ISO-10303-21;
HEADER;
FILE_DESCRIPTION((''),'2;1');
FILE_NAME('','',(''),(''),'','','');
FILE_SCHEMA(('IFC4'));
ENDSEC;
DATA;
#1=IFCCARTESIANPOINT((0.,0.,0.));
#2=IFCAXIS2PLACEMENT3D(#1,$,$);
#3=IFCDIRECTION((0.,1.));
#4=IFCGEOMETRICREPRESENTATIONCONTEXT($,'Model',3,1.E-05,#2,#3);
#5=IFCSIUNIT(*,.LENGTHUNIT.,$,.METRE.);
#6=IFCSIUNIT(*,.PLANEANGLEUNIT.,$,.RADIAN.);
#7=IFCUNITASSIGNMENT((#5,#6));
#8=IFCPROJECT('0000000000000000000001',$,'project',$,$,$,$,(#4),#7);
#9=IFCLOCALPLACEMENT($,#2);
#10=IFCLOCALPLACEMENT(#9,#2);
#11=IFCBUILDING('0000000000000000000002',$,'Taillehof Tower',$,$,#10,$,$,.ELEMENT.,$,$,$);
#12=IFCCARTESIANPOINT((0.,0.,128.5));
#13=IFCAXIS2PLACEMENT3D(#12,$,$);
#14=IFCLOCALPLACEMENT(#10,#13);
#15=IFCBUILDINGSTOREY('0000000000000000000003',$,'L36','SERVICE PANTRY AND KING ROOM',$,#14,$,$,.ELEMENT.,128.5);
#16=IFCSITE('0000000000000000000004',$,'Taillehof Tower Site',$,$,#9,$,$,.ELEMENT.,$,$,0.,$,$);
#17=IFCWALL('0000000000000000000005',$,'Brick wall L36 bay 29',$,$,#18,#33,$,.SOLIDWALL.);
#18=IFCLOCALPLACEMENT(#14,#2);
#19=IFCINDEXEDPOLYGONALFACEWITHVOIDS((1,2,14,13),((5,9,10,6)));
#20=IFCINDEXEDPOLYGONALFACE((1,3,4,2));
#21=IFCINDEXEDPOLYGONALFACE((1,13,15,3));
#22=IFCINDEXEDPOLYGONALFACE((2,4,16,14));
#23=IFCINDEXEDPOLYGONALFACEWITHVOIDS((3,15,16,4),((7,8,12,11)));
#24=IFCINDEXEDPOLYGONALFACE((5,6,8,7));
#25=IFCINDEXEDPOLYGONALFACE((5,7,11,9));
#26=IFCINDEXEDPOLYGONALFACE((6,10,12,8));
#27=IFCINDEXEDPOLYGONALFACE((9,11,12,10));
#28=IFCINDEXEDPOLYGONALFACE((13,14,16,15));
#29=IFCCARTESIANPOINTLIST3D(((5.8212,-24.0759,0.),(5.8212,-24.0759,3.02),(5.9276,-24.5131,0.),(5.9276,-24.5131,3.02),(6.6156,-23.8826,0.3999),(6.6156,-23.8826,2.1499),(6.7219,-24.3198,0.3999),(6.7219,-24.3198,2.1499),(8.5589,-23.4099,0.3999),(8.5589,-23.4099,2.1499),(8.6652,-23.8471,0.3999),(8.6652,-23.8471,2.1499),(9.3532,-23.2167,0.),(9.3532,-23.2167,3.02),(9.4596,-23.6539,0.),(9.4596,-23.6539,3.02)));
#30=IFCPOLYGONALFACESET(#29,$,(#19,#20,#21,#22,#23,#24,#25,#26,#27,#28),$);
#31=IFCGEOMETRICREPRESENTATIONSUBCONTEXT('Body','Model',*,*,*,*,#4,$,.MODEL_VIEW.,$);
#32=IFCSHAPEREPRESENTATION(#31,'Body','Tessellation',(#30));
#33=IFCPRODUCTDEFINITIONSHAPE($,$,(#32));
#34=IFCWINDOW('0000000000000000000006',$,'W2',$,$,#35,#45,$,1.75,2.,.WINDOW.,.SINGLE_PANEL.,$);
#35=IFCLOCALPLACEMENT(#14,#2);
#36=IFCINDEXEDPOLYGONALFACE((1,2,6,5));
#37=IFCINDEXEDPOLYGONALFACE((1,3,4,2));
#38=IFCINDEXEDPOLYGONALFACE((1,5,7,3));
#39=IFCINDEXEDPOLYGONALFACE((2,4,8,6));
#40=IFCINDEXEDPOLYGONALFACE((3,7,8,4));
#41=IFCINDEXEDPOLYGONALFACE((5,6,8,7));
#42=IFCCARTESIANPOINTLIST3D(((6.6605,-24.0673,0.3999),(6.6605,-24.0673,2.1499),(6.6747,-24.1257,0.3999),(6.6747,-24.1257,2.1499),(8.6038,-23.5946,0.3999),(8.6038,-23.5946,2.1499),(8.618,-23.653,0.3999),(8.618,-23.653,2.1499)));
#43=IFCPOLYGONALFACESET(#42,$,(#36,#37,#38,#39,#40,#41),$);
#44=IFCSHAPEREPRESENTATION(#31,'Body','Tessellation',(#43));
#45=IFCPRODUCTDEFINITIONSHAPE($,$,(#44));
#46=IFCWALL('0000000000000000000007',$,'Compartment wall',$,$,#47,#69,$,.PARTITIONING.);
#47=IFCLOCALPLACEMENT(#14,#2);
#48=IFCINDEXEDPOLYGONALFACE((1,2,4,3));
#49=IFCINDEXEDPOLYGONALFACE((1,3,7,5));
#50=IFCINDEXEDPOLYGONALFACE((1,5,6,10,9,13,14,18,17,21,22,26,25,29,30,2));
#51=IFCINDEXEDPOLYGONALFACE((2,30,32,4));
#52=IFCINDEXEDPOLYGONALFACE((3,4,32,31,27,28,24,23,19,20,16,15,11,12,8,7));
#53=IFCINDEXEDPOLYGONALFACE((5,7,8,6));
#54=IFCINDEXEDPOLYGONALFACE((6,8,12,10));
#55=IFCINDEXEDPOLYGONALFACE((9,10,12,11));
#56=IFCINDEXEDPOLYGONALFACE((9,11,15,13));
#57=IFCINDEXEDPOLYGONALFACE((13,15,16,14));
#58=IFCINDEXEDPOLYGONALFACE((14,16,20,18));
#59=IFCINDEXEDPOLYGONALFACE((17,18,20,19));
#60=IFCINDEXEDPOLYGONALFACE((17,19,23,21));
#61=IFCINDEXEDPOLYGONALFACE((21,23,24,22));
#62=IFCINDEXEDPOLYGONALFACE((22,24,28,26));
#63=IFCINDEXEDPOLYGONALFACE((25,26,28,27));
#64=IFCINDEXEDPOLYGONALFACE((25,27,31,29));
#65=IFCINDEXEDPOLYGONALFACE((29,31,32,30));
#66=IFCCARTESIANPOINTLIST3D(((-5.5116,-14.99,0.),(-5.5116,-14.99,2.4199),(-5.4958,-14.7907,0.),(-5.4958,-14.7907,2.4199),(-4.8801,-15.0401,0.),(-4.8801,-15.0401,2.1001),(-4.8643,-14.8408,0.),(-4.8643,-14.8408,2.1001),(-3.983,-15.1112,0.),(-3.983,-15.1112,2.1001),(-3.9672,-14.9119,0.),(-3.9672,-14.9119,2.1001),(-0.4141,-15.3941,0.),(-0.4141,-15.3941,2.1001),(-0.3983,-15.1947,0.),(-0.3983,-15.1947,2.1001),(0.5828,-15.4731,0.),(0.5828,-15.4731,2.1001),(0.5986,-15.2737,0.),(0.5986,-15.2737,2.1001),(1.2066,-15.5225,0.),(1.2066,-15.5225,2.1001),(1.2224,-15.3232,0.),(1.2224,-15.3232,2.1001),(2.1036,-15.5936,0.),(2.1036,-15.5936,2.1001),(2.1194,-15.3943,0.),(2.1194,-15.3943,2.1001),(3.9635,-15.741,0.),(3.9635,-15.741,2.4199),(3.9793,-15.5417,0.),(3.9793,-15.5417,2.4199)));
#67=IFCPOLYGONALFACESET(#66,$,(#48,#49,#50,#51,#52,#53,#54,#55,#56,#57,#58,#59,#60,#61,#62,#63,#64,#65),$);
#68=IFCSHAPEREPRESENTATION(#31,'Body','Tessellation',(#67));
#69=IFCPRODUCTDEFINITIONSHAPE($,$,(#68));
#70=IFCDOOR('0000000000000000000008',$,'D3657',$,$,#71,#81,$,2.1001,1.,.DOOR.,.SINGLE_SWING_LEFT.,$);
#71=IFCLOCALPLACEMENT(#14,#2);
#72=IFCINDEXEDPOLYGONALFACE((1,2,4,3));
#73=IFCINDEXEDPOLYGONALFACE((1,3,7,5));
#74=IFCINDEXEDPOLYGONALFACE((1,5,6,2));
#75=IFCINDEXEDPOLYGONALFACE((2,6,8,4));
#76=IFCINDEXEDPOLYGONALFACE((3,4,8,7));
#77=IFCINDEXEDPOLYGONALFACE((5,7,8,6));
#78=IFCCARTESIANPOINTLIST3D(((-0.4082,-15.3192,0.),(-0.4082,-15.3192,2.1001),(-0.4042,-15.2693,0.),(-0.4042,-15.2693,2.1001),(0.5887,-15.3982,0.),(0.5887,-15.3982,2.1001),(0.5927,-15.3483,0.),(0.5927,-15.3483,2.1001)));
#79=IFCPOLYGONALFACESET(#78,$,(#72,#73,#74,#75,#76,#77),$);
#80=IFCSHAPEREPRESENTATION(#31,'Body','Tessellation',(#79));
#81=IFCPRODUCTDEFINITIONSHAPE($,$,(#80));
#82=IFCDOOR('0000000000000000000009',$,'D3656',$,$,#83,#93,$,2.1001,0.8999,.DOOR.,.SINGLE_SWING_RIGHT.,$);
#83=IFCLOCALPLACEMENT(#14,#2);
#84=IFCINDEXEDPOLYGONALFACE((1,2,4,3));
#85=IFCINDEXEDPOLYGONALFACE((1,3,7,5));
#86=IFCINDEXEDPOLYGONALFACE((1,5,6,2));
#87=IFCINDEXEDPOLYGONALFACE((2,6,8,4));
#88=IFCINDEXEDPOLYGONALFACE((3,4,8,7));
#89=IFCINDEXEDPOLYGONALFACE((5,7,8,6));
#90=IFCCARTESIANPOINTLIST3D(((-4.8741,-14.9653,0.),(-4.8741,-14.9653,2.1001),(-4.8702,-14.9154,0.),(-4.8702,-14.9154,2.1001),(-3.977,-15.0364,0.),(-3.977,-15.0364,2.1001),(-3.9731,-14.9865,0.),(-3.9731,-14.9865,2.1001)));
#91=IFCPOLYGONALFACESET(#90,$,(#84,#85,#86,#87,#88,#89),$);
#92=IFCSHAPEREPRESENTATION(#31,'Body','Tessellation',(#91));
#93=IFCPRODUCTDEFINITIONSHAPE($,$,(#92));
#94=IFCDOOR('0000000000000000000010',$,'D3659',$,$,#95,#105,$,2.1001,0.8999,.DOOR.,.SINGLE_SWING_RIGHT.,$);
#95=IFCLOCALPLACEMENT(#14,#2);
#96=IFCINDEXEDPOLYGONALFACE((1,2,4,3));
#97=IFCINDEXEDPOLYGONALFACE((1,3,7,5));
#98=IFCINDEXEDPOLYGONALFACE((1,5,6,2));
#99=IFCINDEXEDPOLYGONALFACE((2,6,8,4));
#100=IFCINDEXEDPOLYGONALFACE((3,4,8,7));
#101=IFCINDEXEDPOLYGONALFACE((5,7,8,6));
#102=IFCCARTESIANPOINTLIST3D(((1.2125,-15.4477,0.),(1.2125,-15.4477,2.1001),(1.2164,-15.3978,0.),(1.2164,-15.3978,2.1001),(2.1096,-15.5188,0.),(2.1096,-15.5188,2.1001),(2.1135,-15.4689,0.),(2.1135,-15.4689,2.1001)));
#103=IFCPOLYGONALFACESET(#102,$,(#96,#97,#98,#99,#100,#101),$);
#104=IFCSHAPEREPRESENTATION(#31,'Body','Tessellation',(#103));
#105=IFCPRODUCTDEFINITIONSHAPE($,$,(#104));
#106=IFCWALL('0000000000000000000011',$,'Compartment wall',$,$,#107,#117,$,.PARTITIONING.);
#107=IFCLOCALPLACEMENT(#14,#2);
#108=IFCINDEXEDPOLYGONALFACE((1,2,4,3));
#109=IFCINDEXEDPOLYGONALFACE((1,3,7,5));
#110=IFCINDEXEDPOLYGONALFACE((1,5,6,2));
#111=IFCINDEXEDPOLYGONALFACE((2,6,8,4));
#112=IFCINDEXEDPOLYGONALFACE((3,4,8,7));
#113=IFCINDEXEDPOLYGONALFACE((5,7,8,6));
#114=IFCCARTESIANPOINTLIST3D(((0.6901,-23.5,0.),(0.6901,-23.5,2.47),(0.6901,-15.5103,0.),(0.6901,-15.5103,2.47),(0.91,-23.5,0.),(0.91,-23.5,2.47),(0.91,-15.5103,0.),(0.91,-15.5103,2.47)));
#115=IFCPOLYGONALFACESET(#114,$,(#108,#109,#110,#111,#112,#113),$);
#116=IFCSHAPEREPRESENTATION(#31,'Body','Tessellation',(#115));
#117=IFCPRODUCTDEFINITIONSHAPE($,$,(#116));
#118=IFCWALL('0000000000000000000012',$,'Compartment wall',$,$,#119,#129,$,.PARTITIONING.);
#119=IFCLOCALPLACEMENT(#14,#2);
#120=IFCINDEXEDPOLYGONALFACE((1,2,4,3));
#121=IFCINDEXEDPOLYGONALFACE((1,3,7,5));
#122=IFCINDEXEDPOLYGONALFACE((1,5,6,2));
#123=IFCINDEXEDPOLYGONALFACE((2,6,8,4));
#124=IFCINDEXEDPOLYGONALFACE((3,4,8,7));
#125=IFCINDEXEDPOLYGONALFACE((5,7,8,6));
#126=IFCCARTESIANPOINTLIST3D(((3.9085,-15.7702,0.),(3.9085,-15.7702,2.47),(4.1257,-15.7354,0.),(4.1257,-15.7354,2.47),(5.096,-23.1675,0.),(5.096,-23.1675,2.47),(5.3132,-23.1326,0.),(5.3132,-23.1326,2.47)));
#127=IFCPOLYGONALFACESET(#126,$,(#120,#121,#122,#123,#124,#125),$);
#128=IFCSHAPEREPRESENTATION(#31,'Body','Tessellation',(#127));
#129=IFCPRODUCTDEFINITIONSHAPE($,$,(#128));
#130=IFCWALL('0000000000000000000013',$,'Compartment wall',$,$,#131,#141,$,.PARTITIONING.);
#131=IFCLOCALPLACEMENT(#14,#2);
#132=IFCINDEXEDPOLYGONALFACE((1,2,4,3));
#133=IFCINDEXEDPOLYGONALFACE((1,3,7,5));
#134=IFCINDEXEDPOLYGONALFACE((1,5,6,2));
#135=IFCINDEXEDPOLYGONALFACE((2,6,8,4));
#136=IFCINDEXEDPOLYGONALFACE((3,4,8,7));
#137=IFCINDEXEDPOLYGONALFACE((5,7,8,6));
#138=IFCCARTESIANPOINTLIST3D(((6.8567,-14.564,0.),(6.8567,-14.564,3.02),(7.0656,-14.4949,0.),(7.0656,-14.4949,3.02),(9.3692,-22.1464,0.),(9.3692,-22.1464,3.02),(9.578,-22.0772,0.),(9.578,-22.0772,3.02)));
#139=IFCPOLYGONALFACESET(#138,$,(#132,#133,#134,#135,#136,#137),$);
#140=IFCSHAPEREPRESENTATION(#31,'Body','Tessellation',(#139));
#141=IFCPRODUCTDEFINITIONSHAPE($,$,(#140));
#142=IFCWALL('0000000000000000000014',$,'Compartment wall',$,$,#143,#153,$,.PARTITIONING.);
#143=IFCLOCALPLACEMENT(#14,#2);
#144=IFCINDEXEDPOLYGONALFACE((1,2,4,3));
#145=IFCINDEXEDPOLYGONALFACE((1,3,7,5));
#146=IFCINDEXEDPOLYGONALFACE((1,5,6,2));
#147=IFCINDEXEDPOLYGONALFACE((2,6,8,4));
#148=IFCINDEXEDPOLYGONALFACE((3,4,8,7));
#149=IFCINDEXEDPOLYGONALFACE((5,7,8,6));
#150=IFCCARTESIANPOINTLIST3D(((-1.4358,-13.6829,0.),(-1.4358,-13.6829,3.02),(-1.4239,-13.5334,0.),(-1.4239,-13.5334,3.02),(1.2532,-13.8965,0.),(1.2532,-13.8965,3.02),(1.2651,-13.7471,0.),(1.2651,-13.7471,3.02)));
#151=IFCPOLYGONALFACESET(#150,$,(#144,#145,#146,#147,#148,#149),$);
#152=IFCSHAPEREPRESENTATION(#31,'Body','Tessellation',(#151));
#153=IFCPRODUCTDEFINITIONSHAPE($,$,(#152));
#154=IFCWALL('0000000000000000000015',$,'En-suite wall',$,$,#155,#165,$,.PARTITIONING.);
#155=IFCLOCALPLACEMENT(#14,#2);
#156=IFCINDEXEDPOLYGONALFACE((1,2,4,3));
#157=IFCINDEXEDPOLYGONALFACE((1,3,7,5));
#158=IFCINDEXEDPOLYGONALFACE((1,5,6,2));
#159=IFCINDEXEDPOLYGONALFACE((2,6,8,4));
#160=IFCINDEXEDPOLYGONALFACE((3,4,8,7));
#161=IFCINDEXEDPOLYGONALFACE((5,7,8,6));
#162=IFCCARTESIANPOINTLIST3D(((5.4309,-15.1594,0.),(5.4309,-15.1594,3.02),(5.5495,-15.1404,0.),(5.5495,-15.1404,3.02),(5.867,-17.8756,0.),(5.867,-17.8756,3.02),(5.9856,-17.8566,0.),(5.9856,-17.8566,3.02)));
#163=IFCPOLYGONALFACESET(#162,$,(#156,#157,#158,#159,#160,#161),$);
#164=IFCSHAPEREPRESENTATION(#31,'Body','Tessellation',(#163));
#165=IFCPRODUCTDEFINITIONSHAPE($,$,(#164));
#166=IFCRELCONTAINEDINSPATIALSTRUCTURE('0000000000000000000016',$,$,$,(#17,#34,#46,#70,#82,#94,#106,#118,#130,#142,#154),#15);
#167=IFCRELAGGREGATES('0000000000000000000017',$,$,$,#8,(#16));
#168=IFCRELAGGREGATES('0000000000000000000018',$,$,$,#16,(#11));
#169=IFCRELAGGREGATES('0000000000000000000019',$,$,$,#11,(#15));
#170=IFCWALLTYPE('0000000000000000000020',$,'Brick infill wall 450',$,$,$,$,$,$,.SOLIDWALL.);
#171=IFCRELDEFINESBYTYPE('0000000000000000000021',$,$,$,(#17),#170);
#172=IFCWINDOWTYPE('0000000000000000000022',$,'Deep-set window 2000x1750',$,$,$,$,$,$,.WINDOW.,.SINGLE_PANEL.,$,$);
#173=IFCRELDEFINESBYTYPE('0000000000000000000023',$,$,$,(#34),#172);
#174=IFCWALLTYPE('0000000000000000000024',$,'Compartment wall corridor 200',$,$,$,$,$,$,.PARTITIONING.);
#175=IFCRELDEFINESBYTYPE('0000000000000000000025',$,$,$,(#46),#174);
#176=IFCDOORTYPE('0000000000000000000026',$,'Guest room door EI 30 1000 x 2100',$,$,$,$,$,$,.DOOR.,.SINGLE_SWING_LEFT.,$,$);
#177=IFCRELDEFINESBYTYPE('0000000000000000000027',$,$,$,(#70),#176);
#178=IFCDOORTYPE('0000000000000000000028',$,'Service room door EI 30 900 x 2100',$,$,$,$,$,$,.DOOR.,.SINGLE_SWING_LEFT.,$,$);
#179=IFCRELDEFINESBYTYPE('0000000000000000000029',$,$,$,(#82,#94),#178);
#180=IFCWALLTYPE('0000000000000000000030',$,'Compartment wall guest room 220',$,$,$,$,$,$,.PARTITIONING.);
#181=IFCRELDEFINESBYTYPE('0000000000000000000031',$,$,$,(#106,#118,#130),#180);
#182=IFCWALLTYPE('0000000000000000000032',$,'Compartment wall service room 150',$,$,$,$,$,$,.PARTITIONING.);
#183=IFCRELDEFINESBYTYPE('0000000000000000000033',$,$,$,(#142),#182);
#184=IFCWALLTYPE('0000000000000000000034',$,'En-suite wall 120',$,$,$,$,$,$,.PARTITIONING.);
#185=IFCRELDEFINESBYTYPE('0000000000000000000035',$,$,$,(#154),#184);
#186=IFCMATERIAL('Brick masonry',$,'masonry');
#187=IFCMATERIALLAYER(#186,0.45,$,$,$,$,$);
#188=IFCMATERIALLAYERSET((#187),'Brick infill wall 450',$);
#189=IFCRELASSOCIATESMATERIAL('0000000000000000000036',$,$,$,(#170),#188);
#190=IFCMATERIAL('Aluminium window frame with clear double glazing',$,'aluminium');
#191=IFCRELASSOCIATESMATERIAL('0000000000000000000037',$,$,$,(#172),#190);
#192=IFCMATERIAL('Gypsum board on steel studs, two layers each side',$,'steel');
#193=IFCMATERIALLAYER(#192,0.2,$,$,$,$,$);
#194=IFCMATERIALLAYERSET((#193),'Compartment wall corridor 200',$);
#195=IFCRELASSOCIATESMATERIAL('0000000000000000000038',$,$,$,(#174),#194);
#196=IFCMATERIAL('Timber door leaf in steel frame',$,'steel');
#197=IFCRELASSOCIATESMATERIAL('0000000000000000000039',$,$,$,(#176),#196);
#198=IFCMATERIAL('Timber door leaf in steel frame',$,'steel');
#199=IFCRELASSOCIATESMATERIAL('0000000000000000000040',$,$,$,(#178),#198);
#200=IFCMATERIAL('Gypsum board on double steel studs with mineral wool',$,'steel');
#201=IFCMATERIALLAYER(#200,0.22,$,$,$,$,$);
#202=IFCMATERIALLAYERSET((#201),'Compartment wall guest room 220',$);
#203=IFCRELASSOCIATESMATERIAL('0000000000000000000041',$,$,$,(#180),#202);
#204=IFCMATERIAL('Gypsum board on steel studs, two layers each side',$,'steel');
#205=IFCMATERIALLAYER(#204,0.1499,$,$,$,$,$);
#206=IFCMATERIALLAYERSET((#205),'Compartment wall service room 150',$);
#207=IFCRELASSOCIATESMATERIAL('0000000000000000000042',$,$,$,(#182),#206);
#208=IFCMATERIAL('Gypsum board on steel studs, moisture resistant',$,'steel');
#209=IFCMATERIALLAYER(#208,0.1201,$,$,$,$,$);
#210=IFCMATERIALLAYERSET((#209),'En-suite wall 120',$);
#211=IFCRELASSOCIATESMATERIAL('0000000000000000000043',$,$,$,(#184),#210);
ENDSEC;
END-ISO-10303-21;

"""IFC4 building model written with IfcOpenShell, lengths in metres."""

from ifc_helpers import new_model, si_unit, direction, frame, frame_2d, origin, place, context, subcontext, project, spatial, rectangle, extrude, material, layer, layer_set, type_object, element, fill, save


model = new_model("IFC4")

# Units and contexts
model_context = context("Model", 3, precision=1e-05, world=origin(), true_north=direction((0.0, 1.0)))
body_context = subcontext(model_context, "Body", "Model", "MODEL_VIEW")
ifc_project = project(units=[si_unit("LENGTHUNIT", "METRE"), si_unit("PLANEANGLEUNIT", "RADIAN")], contexts=[model_context])

# Site, building, storey
site_placement = place(None, origin())
site = spatial("IfcSite", under=ifc_project, at=site_placement, Name="Taillehof Tower Site", CompositionType="ELEMENT", RefElevation=0.0)
building_placement = place(site_placement, origin())
building = spatial("IfcBuilding", under=site, at=building_placement, Name="Taillehof Tower", CompositionType="ELEMENT")
storey_placement = place(building_placement, frame((0.0, 0.0, 128.5)))
storey = spatial("IfcBuildingStorey", under=building, at=storey_placement, Name="L36", Description="SERVICE PANTRY AND KING ROOM", CompositionType="ELEMENT", Elevation=128.5)

# Wall, opening, window
ifc_material_1 = material(Name="Brick masonry", Category="masonry")
ifc_layer_1 = layer(ifc_material_1, 0.45)
ifc_layer_set_1 = layer_set([ifc_layer_1], Name="Brick infill wall 450")
wall_type_1 = type_object("IfcWallType", Name="Brick infill wall 450", PredefinedType="SOLIDWALL", material=ifc_layer_set_1)
ifc_material_2 = material(Name="Aluminium window frame with clear double glazing", Category="aluminium")
window_type = type_object("IfcWindowType", Name="Deep-set window 2000x1750", PartitioningType="SINGLE_PANEL", PredefinedType="WINDOW", material=ifc_material_2)
wall_1_placement = place(storey_placement, frame((5.8745, -24.2944, 0.0), z_axis=(0.0, 0.0, 1.0), x_axis=(0.971668, 0.236352, 0.0)))
wall_1 = element("IfcWall", 1, at=wall_1_placement, inside=storey, type_object=wall_type_1, Name="Brick wall L36 bay 29", PredefinedType="SOLIDWALL", context=body_context, shape_type="SweptSolid", body=[
    extrude(rectangle(XDim=3.635, YDim=0.45, at=frame_2d((1.8174, 0.0))), origin(), (0.0, 0.0, 1.0), 3.02),
])
opening_1_placement = place(wall_1_placement, frame((0.8174, 0.0, 0.3999)))
opening_1 = element("IfcOpeningElement", 2, at=opening_1_placement, cuts=wall_1, PredefinedType="OPENING", context=body_context, shape_type="SweptSolid", body=[
    extrude(rectangle(XDim=2.0, YDim=1.75, at=frame_2d((1.0, 0.875))), frame((0.0, 0.2349, 0.0), z_axis=(0.0, -1.0, 0.0), x_axis=(1.0, 0.0, 0.0)), (0.0, 0.0, 1.0), 0.47),
])
window_1_placement = place(opening_1_placement, origin())
window_1 = element("IfcWindow", 3, at=window_1_placement, inside=storey, type_object=window_type, Name="W2", OverallHeight=1.75, OverallWidth=2.0, PartitioningType="SINGLE_PANEL", PredefinedType="WINDOW", context=body_context, shape_type="SweptSolid", body=[
    extrude(rectangle(XDim=2.0, YDim=1.75, at=frame_2d((1.0, 0.875))), frame((0.0, 0.0349, 0.0), z_axis=(0.0, -1.0, 0.0), x_axis=(1.0, 0.0, 0.0)), (0.0, 0.0, 1.0), 0.0601),
])
fill(opening_1, window_1)

# Wall, openings, doors
ifc_material_3 = material(Name="Gypsum board on steel studs, two layers each side", Category="steel")
ifc_layer_2 = layer(ifc_material_3, 0.2)
ifc_layer_set_2 = layer_set([ifc_layer_2], Name="Compartment wall corridor 200")
wall_type_2 = type_object("IfcWallType", Name="Compartment wall corridor 200", PredefinedType="PARTITIONING", material=ifc_layer_set_2)
wall_2_placement = place(storey_placement, frame((3.9714, -15.6414, 0.0), z_axis=(0.0, 0.0, 1.0), x_axis=(-0.996874, 0.07901, 0.0)))
wall_2 = element("IfcWall", 4, at=wall_2_placement, inside=storey, type_object=wall_type_2, Name="Compartment wall", PredefinedType="PARTITIONING", context=body_context, shape_type="SweptSolid", body=[
    extrude(rectangle(XDim=9.5049, YDim=0.2, at=frame_2d((4.7524, 0.0))), origin(), (0.0, 0.0, 1.0), 2.4199),
])
opening_2_placement = place(wall_2_placement, frame((7.9714, 0.0, 0.0)))
opening_2 = element("IfcOpeningElement", 5, at=opening_2_placement, cuts=wall_2, PredefinedType="OPENING", context=body_context, shape_type="SweptSolid", body=[
    extrude(rectangle(XDim=0.8999, YDim=2.1001, at=frame_2d((0.45, 1.05))), frame((0.0, 0.1099, 0.0), z_axis=(0.0, -1.0, 0.0), x_axis=(1.0, 0.0, 0.0)), (0.0, 0.0, 1.0), 0.22),
])
opening_3_placement = place(wall_2_placement, frame((3.3914, 0.0, 0.0)))
opening_3 = element("IfcOpeningElement", 6, at=opening_3_placement, cuts=wall_2, PredefinedType="OPENING", context=body_context, shape_type="SweptSolid", body=[
    extrude(rectangle(XDim=1.0, YDim=2.1001, at=frame_2d((0.5, 1.05))), frame((0.0, 0.1099, 0.0), z_axis=(0.0, -1.0, 0.0), x_axis=(1.0, 0.0, 0.0)), (0.0, 0.0, 1.0), 0.22),
])
opening_4_placement = place(wall_2_placement, frame((1.8657, 0.0, 0.0)))
opening_4 = element("IfcOpeningElement", 7, at=opening_4_placement, cuts=wall_2, PredefinedType="OPENING", context=body_context, shape_type="SweptSolid", body=[
    extrude(rectangle(XDim=0.8999, YDim=2.1001, at=frame_2d((0.45, 1.05))), frame((0.0, 0.1099, 0.0), z_axis=(0.0, -1.0, 0.0), x_axis=(1.0, 0.0, 0.0)), (0.0, 0.0, 1.0), 0.22),
])
ifc_material_4 = material(Name="Timber door leaf in steel frame", Category="steel")
door_type_1 = type_object("IfcDoorType", Name="Guest room door EI 30 1000 x 2100", OperationType="SINGLE_SWING_LEFT", PredefinedType="DOOR", material=ifc_material_4)
door_1_placement = place(opening_3_placement, origin())
door_1 = element("IfcDoor", 8, at=door_1_placement, inside=storey, type_object=door_type_1, Name="D3657", OperationType="SINGLE_SWING_LEFT", OverallHeight=2.1001, OverallWidth=1.0, PredefinedType="DOOR", context=body_context, shape_type="SweptSolid", body=[
    extrude(rectangle(XDim=1.0, YDim=2.1001, at=frame_2d((0.5, 1.05))), frame((0.0, 0.0249, 0.0), z_axis=(0.0, -1.0, 0.0), x_axis=(1.0, 0.0, 0.0)), (0.0, 0.0, 1.0), 0.05),
])
fill(opening_3, door_1)
ifc_material_5 = material(Name="Timber door leaf in steel frame", Category="steel")
door_type_2 = type_object("IfcDoorType", Name="Service room door EI 30 900 x 2100", OperationType="SINGLE_SWING_LEFT", PredefinedType="DOOR", material=ifc_material_5)
door_2_placement = place(opening_2_placement, origin())
door_2 = element("IfcDoor", 9, at=door_2_placement, inside=storey, type_object=door_type_2, Name="D3656", OperationType="SINGLE_SWING_RIGHT", OverallHeight=2.1001, OverallWidth=0.8999, PredefinedType="DOOR", context=body_context, shape_type="SweptSolid", body=[
    extrude(rectangle(XDim=0.8999, YDim=2.1001, at=frame_2d((0.45, 1.05))), frame((0.0, 0.0249, 0.0), z_axis=(0.0, -1.0, 0.0), x_axis=(1.0, 0.0, 0.0)), (0.0, 0.0, 1.0), 0.05),
])
fill(opening_2, door_2)
door_3_placement = place(opening_4_placement, origin())
door_3 = element("IfcDoor", 10, at=door_3_placement, inside=storey, type_object=door_type_2, Name="D3659", OperationType="SINGLE_SWING_RIGHT", OverallHeight=2.1001, OverallWidth=0.8999, PredefinedType="DOOR", context=body_context, shape_type="SweptSolid", body=[
    extrude(rectangle(XDim=0.8999, YDim=2.1001, at=frame_2d((0.45, 1.05))), frame((0.0, 0.0249, 0.0), z_axis=(0.0, -1.0, 0.0), x_axis=(1.0, 0.0, 0.0)), (0.0, 0.0, 1.0), 0.05),
])
fill(opening_4, door_3)

# Walls
ifc_material_6 = material(Name="Gypsum board on double steel studs with mineral wool", Category="steel")
ifc_layer_3 = layer(ifc_material_6, 0.22)
ifc_layer_set_3 = layer_set([ifc_layer_3], Name="Compartment wall guest room 220")
wall_type_3 = type_object("IfcWallType", Name="Compartment wall guest room 220", PredefinedType="PARTITIONING", material=ifc_layer_set_3)
wall_3_placement = place(storey_placement, frame((0.8, -23.5, 0.0), z_axis=(0.0, 0.0, 1.0), x_axis=(0.0, 1.0, 0.0)))
element("IfcWall", 11, at=wall_3_placement, inside=storey, type_object=wall_type_3, Name="Compartment wall", PredefinedType="PARTITIONING", context=body_context, shape_type="SweptSolid", body=[
    extrude(rectangle(XDim=7.9897, YDim=0.22, at=frame_2d((3.9949, 0.0))), origin(), (0.0, 0.0, 1.0), 2.47),
])
wall_4_placement = place(storey_placement, frame((5.2046, -23.1501, 0.0), z_axis=(0.0, 0.0, 1.0), x_axis=(-0.158504, 0.987358, 0.0)))
element("IfcWall", 12, at=wall_4_placement, inside=storey, type_object=wall_type_3, Name="Compartment wall", PredefinedType="PARTITIONING", context=body_context, shape_type="SweptSolid", body=[
    extrude(rectangle(XDim=7.4919, YDim=0.22, at=frame_2d((3.7461, 0.0))), origin(), (0.0, 0.0, 1.0), 2.47),
])
wall_5_placement = place(storey_placement, frame((9.4736, -22.1118, 0.0), z_axis=(0.0, 0.0, 1.0), x_axis=(-0.31454, 0.949244, 0.0)))
element("IfcWall", 13, at=wall_5_placement, inside=storey, type_object=wall_type_3, Name="Compartment wall", PredefinedType="PARTITIONING", context=body_context, shape_type="SweptSolid", body=[
    extrude(rectangle(XDim=7.9878, YDim=0.22, at=frame_2d((3.9939, 0.0))), origin(), (0.0, 0.0, 1.0), 3.02),
])
ifc_material_7 = material(Name="Gypsum board on steel studs, two layers each side", Category="steel")
ifc_layer_4 = layer(ifc_material_7, 0.1499)
ifc_layer_set_4 = layer_set([ifc_layer_4], Name="Compartment wall service room 150")
wall_type_4 = type_object("IfcWallType", Name="Compartment wall service room 150", PredefinedType="PARTITIONING", material=ifc_layer_set_4)
wall_6_placement = place(storey_placement, frame((1.259, -13.8218, 0.0), z_axis=(0.0, 0.0, 1.0), x_axis=(-0.996859, 0.079195, 0.0)))
element("IfcWall", 14, at=wall_6_placement, inside=storey, type_object=wall_type_4, Name="Compartment wall", PredefinedType="PARTITIONING", context=body_context, shape_type="SweptSolid", body=[
    extrude(rectangle(XDim=2.6975, YDim=0.1499, at=frame_2d((1.3486, 0.0))), origin(), (0.0, 0.0, 1.0), 3.02),
])
ifc_material_8 = material(Name="Gypsum board on steel studs, moisture resistant", Category="steel")
ifc_layer_5 = layer(ifc_material_8, 0.1201)
ifc_layer_set_5 = layer_set([ifc_layer_5], Name="En-suite wall 120")
wall_type_5 = type_object("IfcWallType", Name="En-suite wall 120", PredefinedType="PARTITIONING", material=ifc_layer_set_5)
wall_7_placement = place(storey_placement, frame((5.4902, -15.1499, 0.0), z_axis=(0.0, 0.0, 1.0), x_axis=(0.158496, -0.98736, 0.0)))
element("IfcWall", 15, at=wall_7_placement, inside=storey, type_object=wall_type_5, Name="En-suite wall", PredefinedType="PARTITIONING", context=body_context, shape_type="SweptSolid", body=[
    extrude(rectangle(XDim=2.751, YDim=0.1201, at=frame_2d((1.3755, 0.0))), origin(), (0.0, 0.0, 1.0), 3.02),
])

save(model, "model.ifc")
